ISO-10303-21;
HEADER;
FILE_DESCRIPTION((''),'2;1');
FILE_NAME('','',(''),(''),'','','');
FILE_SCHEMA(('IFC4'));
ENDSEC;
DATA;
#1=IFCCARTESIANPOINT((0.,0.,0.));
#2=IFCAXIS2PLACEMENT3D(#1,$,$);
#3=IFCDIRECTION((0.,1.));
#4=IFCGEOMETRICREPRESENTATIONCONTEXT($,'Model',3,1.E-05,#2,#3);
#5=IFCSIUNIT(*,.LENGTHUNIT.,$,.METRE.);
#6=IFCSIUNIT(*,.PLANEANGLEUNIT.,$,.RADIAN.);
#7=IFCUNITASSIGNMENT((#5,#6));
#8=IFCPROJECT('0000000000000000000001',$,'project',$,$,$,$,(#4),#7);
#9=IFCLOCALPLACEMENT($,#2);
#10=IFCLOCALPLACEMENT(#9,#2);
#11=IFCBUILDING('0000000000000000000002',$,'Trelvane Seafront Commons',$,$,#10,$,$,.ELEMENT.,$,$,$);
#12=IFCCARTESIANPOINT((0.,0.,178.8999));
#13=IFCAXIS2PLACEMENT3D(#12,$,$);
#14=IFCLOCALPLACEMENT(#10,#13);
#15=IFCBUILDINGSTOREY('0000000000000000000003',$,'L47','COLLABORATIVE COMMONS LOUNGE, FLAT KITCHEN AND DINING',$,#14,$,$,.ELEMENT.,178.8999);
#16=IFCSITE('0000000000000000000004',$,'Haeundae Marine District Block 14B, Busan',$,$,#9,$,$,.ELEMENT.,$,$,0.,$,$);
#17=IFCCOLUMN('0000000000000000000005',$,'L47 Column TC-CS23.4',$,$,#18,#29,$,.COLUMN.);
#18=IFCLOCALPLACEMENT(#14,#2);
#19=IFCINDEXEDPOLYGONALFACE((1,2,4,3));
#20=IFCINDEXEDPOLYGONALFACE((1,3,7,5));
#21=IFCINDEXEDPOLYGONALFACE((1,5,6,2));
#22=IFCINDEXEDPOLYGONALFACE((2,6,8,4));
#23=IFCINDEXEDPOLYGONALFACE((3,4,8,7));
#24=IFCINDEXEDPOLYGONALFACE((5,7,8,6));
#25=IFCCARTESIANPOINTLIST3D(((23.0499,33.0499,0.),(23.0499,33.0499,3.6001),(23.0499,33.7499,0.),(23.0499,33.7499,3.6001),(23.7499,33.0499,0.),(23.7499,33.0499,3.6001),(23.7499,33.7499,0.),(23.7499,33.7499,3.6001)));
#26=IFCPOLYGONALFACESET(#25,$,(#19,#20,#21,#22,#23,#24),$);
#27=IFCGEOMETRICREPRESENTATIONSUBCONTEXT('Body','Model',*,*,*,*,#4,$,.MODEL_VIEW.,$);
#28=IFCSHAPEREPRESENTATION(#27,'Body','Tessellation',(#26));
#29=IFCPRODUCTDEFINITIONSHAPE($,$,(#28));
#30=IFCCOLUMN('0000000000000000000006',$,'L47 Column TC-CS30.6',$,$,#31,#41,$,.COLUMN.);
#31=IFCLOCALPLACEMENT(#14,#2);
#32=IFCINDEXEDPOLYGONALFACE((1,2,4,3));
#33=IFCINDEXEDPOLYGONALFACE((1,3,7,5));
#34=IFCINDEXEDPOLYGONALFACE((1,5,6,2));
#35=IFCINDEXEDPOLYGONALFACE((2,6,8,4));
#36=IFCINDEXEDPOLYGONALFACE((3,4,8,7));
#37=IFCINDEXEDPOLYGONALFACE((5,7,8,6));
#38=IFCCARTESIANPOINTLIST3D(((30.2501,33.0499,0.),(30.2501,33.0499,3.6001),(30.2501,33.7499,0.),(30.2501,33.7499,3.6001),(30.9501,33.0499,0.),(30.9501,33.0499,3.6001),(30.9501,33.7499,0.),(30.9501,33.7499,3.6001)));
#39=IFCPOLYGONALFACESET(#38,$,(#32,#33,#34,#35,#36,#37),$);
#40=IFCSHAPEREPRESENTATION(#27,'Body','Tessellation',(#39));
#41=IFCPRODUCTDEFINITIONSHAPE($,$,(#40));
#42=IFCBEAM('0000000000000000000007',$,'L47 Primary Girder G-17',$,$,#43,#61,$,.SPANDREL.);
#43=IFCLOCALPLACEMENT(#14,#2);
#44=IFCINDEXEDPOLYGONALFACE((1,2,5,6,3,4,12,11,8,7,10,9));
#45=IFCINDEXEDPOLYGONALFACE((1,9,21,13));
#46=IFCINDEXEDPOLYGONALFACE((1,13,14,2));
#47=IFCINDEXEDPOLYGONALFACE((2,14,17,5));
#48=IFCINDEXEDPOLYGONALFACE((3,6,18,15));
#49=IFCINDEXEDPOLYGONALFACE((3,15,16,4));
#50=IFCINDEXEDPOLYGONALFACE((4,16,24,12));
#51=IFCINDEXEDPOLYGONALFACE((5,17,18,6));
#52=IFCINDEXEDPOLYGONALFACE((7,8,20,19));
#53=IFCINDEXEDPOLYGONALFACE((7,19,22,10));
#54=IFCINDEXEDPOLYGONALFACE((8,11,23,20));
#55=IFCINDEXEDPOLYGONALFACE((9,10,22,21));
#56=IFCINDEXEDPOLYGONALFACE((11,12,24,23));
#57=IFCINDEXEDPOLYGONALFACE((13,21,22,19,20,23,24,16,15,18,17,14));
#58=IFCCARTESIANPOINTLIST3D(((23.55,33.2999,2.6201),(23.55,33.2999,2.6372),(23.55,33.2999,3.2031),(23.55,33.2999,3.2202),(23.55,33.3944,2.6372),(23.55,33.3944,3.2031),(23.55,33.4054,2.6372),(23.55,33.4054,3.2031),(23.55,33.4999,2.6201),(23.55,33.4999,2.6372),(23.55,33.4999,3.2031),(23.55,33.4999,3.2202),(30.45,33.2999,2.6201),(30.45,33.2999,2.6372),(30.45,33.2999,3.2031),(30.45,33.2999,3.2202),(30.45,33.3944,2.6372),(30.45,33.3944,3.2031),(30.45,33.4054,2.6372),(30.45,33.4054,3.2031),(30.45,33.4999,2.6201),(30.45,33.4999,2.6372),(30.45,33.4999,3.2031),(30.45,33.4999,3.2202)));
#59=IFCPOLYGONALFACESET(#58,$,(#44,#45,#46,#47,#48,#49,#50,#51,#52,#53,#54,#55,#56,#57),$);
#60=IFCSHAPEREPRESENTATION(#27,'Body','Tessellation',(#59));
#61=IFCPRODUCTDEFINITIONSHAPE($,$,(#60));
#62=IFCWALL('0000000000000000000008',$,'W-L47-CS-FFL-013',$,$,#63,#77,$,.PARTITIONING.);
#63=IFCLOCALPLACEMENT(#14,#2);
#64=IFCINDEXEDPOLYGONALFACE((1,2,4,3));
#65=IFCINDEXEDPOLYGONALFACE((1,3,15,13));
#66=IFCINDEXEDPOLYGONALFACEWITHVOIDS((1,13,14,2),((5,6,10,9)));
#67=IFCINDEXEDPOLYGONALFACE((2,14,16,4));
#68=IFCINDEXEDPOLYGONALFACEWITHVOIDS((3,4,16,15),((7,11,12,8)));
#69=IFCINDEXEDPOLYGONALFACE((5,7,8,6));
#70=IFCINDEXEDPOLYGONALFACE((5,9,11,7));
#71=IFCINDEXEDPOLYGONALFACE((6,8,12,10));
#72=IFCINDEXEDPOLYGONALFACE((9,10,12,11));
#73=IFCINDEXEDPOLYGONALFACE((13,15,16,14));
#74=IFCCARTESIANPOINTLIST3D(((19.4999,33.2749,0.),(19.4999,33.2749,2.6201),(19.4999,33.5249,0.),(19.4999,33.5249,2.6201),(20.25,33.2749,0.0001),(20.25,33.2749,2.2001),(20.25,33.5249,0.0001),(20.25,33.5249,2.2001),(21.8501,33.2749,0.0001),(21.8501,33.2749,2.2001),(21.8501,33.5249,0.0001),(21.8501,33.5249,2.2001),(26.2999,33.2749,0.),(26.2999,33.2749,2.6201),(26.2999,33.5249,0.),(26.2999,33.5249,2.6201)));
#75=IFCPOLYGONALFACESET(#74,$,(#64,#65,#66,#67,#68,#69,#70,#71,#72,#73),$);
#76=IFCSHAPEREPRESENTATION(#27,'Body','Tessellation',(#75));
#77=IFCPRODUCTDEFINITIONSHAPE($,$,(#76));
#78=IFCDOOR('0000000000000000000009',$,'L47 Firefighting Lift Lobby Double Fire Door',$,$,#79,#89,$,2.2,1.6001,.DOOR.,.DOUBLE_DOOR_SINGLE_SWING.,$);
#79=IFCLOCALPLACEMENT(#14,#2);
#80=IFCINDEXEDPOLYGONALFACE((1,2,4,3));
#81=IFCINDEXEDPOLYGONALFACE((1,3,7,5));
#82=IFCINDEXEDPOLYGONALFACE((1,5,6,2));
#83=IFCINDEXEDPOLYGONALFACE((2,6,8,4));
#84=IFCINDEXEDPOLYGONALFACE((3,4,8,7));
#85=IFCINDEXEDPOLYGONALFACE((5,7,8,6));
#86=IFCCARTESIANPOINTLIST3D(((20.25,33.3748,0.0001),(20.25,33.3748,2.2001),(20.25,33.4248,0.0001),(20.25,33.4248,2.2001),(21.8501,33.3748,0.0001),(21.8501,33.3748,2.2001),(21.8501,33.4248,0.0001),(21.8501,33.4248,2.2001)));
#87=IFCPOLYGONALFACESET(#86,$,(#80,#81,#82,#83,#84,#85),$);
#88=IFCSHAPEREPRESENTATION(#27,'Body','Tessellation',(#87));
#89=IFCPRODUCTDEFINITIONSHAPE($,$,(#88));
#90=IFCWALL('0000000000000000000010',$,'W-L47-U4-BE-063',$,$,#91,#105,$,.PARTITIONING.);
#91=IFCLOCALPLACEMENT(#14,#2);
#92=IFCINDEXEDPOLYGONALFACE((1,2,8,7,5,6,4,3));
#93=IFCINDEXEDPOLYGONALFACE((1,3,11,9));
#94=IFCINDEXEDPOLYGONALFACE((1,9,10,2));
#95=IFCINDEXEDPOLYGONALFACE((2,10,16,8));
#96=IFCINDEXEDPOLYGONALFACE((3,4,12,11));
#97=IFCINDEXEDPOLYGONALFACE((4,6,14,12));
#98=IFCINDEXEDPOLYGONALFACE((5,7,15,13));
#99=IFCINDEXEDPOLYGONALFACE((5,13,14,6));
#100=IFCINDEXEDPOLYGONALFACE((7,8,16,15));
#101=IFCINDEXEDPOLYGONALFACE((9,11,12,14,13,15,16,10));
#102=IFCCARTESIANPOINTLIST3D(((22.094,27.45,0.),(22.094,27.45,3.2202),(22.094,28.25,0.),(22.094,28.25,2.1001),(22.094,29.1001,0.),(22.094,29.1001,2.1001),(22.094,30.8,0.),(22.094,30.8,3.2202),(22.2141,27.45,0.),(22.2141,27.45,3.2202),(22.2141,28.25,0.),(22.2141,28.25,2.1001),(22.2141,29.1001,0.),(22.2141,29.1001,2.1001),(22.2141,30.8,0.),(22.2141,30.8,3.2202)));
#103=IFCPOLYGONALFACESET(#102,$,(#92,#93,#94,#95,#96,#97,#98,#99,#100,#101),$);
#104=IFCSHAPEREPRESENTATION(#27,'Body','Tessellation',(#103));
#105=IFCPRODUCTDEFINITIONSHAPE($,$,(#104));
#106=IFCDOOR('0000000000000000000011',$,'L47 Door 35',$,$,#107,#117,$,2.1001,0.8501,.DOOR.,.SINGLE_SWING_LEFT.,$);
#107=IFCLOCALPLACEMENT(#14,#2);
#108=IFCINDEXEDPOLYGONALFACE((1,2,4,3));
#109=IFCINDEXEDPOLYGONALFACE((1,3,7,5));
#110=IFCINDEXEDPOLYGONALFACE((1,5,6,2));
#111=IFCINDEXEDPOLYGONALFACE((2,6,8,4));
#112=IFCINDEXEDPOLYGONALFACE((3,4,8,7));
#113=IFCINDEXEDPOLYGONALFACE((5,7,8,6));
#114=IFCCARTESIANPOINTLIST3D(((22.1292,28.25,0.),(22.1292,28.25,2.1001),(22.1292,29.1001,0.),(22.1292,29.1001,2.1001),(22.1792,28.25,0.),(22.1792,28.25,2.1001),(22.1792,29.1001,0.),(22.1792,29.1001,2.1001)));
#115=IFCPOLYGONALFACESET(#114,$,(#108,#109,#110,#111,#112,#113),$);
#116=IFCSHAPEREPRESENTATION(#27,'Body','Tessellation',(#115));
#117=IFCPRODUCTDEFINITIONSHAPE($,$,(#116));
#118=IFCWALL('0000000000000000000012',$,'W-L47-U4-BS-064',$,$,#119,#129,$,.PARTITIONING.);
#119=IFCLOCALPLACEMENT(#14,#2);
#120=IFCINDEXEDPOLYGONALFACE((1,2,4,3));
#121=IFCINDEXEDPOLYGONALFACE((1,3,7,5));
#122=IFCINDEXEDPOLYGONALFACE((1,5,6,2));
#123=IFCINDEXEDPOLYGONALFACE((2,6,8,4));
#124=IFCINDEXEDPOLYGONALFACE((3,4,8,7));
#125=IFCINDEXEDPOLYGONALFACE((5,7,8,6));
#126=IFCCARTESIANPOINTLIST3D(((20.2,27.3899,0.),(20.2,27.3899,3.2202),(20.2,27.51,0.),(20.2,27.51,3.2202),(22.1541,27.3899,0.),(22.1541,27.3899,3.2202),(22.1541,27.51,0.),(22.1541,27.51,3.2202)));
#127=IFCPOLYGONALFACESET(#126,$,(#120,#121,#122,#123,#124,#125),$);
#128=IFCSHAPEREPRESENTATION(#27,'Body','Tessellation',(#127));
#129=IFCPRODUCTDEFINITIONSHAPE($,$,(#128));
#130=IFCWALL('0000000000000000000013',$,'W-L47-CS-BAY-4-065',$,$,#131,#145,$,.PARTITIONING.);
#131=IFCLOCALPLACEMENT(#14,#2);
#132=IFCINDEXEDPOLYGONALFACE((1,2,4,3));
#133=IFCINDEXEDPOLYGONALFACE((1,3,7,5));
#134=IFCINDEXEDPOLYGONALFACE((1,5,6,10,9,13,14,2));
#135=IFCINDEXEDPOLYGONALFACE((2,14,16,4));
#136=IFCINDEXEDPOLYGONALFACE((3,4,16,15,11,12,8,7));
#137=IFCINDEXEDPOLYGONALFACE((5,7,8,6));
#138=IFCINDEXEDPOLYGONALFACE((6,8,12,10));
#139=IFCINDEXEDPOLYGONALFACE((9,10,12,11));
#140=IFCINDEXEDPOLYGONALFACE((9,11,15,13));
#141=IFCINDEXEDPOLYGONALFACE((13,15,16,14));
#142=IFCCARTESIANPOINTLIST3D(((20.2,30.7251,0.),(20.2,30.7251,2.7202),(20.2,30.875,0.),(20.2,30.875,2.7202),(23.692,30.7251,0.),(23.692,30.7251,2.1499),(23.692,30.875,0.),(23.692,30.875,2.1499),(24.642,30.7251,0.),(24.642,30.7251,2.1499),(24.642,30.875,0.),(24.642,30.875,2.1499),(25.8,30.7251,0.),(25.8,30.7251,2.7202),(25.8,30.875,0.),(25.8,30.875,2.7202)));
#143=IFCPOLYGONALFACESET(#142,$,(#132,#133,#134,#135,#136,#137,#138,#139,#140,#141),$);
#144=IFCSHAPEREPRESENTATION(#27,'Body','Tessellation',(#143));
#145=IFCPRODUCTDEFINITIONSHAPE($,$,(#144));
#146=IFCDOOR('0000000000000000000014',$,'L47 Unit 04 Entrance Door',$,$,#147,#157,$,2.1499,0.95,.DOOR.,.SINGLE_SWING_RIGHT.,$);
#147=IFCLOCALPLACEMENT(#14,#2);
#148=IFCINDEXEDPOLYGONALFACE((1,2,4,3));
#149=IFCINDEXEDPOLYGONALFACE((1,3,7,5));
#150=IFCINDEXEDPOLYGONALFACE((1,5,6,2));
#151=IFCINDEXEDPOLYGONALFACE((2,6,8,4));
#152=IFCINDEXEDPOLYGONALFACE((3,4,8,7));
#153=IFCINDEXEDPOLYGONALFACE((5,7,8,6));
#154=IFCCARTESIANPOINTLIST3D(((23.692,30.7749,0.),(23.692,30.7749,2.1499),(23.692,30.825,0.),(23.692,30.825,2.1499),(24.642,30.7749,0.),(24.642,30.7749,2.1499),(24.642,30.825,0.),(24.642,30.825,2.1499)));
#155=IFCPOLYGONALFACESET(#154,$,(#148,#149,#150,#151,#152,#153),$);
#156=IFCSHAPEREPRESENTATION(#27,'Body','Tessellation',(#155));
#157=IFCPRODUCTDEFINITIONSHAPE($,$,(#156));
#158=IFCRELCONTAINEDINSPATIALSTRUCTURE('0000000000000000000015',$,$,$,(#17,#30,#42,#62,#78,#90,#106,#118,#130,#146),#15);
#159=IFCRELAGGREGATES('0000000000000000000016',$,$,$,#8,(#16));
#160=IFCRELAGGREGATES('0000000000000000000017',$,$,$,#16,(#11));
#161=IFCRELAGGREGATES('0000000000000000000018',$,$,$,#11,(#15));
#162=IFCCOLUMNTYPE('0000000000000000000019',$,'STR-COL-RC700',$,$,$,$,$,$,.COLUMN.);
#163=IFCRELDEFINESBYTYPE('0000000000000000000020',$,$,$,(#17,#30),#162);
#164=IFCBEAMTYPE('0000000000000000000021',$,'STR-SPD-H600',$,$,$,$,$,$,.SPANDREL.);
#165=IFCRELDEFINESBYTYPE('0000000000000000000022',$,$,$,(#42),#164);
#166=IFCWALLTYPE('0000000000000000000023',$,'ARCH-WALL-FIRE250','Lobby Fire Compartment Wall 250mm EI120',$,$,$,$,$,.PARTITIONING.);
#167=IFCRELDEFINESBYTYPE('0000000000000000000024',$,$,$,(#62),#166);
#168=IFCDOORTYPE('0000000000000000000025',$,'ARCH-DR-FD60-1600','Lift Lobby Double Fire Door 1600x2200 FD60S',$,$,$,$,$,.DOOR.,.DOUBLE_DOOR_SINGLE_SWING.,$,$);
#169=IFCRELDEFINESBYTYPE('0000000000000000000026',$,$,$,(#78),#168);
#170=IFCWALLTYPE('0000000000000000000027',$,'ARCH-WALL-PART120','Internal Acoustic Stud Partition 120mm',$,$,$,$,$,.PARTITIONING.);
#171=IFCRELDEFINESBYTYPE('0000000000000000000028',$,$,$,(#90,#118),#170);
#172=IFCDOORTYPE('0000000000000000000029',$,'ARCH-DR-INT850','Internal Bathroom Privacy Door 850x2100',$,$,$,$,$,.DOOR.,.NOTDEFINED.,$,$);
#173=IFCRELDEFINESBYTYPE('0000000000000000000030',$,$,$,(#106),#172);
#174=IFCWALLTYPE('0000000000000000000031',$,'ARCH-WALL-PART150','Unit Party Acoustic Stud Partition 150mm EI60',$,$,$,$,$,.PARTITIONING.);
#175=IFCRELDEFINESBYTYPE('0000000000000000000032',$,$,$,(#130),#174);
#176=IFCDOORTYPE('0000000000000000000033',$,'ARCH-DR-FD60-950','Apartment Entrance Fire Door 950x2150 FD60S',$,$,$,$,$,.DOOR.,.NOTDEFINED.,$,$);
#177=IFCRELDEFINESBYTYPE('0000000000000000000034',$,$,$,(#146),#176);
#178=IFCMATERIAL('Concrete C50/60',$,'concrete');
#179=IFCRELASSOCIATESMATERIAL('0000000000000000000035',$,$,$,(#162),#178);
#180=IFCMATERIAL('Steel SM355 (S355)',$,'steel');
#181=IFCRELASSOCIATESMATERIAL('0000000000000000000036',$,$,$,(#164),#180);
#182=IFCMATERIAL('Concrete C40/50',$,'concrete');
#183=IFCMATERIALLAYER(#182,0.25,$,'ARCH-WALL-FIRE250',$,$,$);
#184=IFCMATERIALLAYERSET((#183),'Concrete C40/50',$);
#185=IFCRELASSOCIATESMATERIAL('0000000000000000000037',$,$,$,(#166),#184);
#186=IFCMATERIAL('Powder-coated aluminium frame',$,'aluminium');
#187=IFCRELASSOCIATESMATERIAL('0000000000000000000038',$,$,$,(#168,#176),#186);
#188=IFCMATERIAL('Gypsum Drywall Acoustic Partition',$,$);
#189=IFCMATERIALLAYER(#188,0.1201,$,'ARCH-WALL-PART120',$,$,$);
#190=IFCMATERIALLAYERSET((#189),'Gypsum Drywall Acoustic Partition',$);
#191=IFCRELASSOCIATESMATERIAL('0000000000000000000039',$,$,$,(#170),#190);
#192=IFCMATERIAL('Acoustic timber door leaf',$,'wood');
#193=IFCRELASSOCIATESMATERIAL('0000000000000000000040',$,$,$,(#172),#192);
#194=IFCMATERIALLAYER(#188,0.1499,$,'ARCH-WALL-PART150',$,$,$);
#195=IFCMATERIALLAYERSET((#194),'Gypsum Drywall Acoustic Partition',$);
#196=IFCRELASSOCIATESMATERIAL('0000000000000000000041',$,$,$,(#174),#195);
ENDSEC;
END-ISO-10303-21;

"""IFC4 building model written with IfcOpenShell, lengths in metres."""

from ifc_helpers import new_model, si_unit, direction, frame, frame_2d, origin, origin_2d, place, context, subcontext, project, spatial, rectangle, i_section, extrude, source, transform, mapped, material, layer, layer_set, material_profile, profile_set, type_object, element, fill, save


model = new_model("IFC4")

# Units and contexts
model_context = context("Model", 3, precision=1e-05, world=origin(), true_north=direction((0.0, 1.0)))
body_context = subcontext(model_context, "Body", "Model", "MODEL_VIEW")
ifc_project = project(units=[si_unit("LENGTHUNIT", "METRE"), si_unit("PLANEANGLEUNIT", "RADIAN")], contexts=[model_context])

# Site, building, storey
site_placement = place(None, origin())
site = spatial("IfcSite", under=ifc_project, at=site_placement, Name="Haeundae Marine District Block 14B, Busan", CompositionType="ELEMENT", RefElevation=0.0)
building_placement = place(site_placement, origin())
building = spatial("IfcBuilding", under=site, at=building_placement, Name="Trelvane Seafront Commons", CompositionType="ELEMENT")
storey_placement = place(building_placement, frame((0.0, 0.0, 178.8999)))
storey = spatial("IfcBuildingStorey", under=building, at=storey_placement, Name="L47", Description="COLLABORATIVE COMMONS LOUNGE, FLAT KITCHEN AND DINING", CompositionType="ELEMENT", Elevation=178.8999)

# Columns
ifc_material_1 = material(Name="Concrete C50/60", Category="concrete")
ifc_material_profile_1 = material_profile(ifc_material_1, rectangle(XDim=0.7, YDim=0.7, at=origin_2d()), Name="RC-700x700")
ifc_profile_set_1 = profile_set([ifc_material_profile_1], Name="Concrete C50/60")
column_type = type_object("IfcColumnType", Name="STR-COL-RC700", PredefinedType="COLUMN", material=ifc_profile_set_1)
shared_shape_1 = source(origin(), body_context, "Body", "SweptSolid", [
    extrude(rectangle(XDim=0.7, YDim=0.7, at=origin_2d()), origin(), (0.0, 0.0, 1.0), 3.6001),
])
for number, where, z_axis, x_axis, name in (
    (1, (23.3999, 33.3999, 0.0), (0.0, 0.0, 1.0), (1.0, 0.0, 0.0), "L47 Column TC-CS23.4"),
    (2, (30.6001, 33.3999, 0.0), (0.0, 0.0, 1.0), (1.0, 0.0, 0.0), "L47 Column TC-CS30.6"),
):
    element("IfcColumn", number, at=place(storey_placement, frame(where, z_axis=z_axis, x_axis=x_axis)), inside=storey, type_object=column_type, Name=name, PredefinedType="COLUMN", context=body_context, shape_type="MappedRepresentation", body=[
        mapped(shared_shape_1, transform((0.0, 0.0, 0.0), x_axis=(1.0, 0.0, 0.0), y_axis=(0.0, 1.0, 0.0), z_axis=(0.0, 0.0, 1.0), scale=1.0)),
    ])

# Beam
ifc_material_2 = material(Name="Steel SM355 (S355)", Category="steel")
ifc_material_profile_2 = material_profile(ifc_material_2, i_section(OverallWidth=0.2, OverallDepth=0.6001, WebThickness=0.011, FlangeThickness=0.0171, at=origin_2d()), Name="H-600x200x11x17")
ifc_profile_set_2 = profile_set([ifc_material_profile_2], Name="Steel SM355 (S355)")
beam_type = type_object("IfcBeamType", Name="STR-SPD-H600", PredefinedType="SPANDREL", material=ifc_profile_set_2)
shared_shape_2 = source(origin(), body_context, "Body", "SweptSolid", [
    extrude(i_section(OverallWidth=0.2, OverallDepth=0.6001, WebThickness=0.011, FlangeThickness=0.0171, at=origin_2d()), origin(), (0.0, 0.0, 1.0), 6.8999),
])
beam_placement = place(storey_placement, frame((23.55, 33.3999, 2.9202), z_axis=(1.0, 0.0, 0.0), x_axis=(0.0, 1.0, 0.0)))
element("IfcBeam", 3, at=beam_placement, inside=storey, type_object=beam_type, Name="L47 Primary Girder G-17", PredefinedType="SPANDREL", context=body_context, shape_type="MappedRepresentation", body=[
    mapped(shared_shape_2, transform((0.0, 0.0, 0.0), x_axis=(1.0, 0.0, 0.0), y_axis=(0.0, 1.0, 0.0), z_axis=(0.0, 0.0, 1.0), scale=1.0)),
])

# Walls, openings, doors
ifc_material_3 = material(Name="Concrete C40/50", Category="concrete")
ifc_layer_1 = layer(ifc_material_3, 0.25, Name="ARCH-WALL-FIRE250")
ifc_layer_set_1 = layer_set([ifc_layer_1], Name="Concrete C40/50")
wall_type_1 = type_object("IfcWallType", Name="ARCH-WALL-FIRE250", Description="Lobby Fire Compartment Wall 250mm EI120", PredefinedType="PARTITIONING", material=ifc_layer_set_1)
wall_1_placement = place(storey_placement, frame((19.5, 33.3999, 0.0), z_axis=(0.0, 0.0, 1.0), x_axis=(1.0, 0.0, 0.0)))
wall_1 = element("IfcWall", 4, at=wall_1_placement, inside=storey, type_object=wall_type_1, Name="W-L47-CS-FFL-013", PredefinedType="PARTITIONING", context=body_context, shape_type="SweptSolid", body=[
    extrude(rectangle(XDim=6.8, YDim=0.25, at=frame_2d((3.3999, 0.0))), origin(), (0.0, 0.0, 1.0), 2.6201),
])
opening_1_placement = place(wall_1_placement, frame((0.75, 0.0, 0.0)))
opening_1 = element("IfcOpeningElement", 5, at=opening_1_placement, cuts=wall_1, PredefinedType="OPENING", context=body_context, shape_type="SweptSolid", body=[
    extrude(rectangle(XDim=1.6001, YDim=2.2, at=frame_2d((0.8, 1.1001))), frame((0.0, 0.135, 0.0), z_axis=(0.0, -1.0, 0.0), x_axis=(1.0, 0.0, 0.0)), (0.0, 0.0, 1.0), 0.27),
])
ifc_material_4 = material(Name="Powder-coated aluminium frame", Category="aluminium")
door_type_1 = type_object("IfcDoorType", Name="ARCH-DR-FD60-1600", Description="Lift Lobby Double Fire Door 1600x2200 FD60S", OperationType="DOUBLE_DOOR_SINGLE_SWING", PredefinedType="DOOR", material=ifc_material_4)
shared_shape_3 = source(origin(), body_context, "Body", "SweptSolid", [
    extrude(rectangle(XDim=1.6001, YDim=2.2, at=frame_2d((0.8, 1.1001))), frame((0.0, 0.0249, 0.0), z_axis=(0.0, -1.0, 0.0), x_axis=(1.0, 0.0, 0.0)), (0.0, 0.0, 1.0), 0.05),
])
door_1_placement = place(opening_1_placement, origin())
door_1 = element("IfcDoor", 6, at=door_1_placement, inside=storey, type_object=door_type_1, Name="L47 Firefighting Lift Lobby Double Fire Door", OperationType="DOUBLE_DOOR_SINGLE_SWING", OverallHeight=2.2, OverallWidth=1.6001, PredefinedType="DOOR", context=body_context, shape_type="MappedRepresentation", body=[
    mapped(shared_shape_3, transform((0.0, 0.0, 0.0), x_axis=(1.0, 0.0, 0.0), y_axis=(0.0, 1.0, 0.0), z_axis=(0.0, 0.0, 1.0), scale=1.0)),
])
fill(opening_1, door_1)
ifc_material_5 = material(Name="Acoustic timber door leaf", Category="wood")
shared_shape_4 = source(origin(), body_context, "Body", "SweptSolid", [
    extrude(rectangle(XDim=0.95, YDim=2.1499, at=frame_2d((0.4751, 1.075))), frame((0.0, 0.0249, 0.0), z_axis=(0.0, -1.0, 0.0), x_axis=(1.0, 0.0, 0.0)), (0.0, 0.0, 1.0), 0.05),
])
ifc_material_6 = material(Name="Gypsum Drywall Acoustic Partition")
ifc_layer_2 = layer(ifc_material_6, 0.1201, Name="ARCH-WALL-PART120")
ifc_layer_set_2 = layer_set([ifc_layer_2], Name="Gypsum Drywall Acoustic Partition")
wall_type_2 = type_object("IfcWallType", Name="ARCH-WALL-PART120", Description="Internal Acoustic Stud Partition 120mm", PredefinedType="PARTITIONING", material=ifc_layer_set_2)
wall_2_placement = place(storey_placement, frame((22.1541, 27.45, 0.0), z_axis=(0.0, 0.0, 1.0), x_axis=(0.0, 1.0, 0.0)))
wall_2 = element("IfcWall", 7, at=wall_2_placement, inside=storey, type_object=wall_type_2, Name="W-L47-U4-BE-063", PredefinedType="PARTITIONING", context=body_context, shape_type="SweptSolid", body=[
    extrude(rectangle(XDim=3.3501, YDim=0.1201, at=frame_2d((1.675, 0.0))), origin(), (0.0, 0.0, 1.0), 3.2202),
])
opening_2_placement = place(wall_2_placement, frame((0.8, 0.0, 0.0)))
opening_2 = element("IfcOpeningElement", 8, at=opening_2_placement, cuts=wall_2, PredefinedType="OPENING", context=body_context, shape_type="SweptSolid", body=[
    extrude(rectangle(XDim=0.8501, YDim=2.1001, at=frame_2d((0.425, 1.05))), frame((0.0, 0.0701, 0.0), z_axis=(0.0, -1.0, 0.0), x_axis=(1.0, 0.0, 0.0)), (0.0, 0.0, 1.0), 0.1401),
])
door_type_2 = type_object("IfcDoorType", Name="ARCH-DR-INT850", Description="Internal Bathroom Privacy Door 850x2100", OperationType="NOTDEFINED", PredefinedType="DOOR", material=ifc_material_5)
shared_shape_5 = source(origin(), body_context, "Body", "SweptSolid", [
    extrude(rectangle(XDim=0.8501, YDim=2.1001, at=frame_2d((0.425, 1.05))), frame((0.0, 0.0249, 0.0), z_axis=(0.0, -1.0, 0.0), x_axis=(1.0, 0.0, 0.0)), (0.0, 0.0, 1.0), 0.05),
])
door_2_placement = place(opening_2_placement, origin())
door_2 = element("IfcDoor", 9, at=door_2_placement, inside=storey, type_object=door_type_2, Name="L47 Door 35", OperationType="SINGLE_SWING_LEFT", OverallHeight=2.1001, OverallWidth=0.8501, PredefinedType="DOOR", context=body_context, shape_type="MappedRepresentation", body=[
    mapped(shared_shape_5, transform((0.0, 0.0, 0.0), x_axis=(1.0, 0.0, 0.0), y_axis=(0.0, 1.0, 0.0), z_axis=(0.0, 0.0, 1.0), scale=1.0)),
])
fill(opening_2, door_2)

# Wall
wall_3_placement = place(storey_placement, frame((20.2, 27.45, 0.0), z_axis=(0.0, 0.0, 1.0), x_axis=(1.0, 0.0, 0.0)))
element("IfcWall", 10, at=wall_3_placement, inside=storey, type_object=wall_type_2, Name="W-L47-U4-BS-064", PredefinedType="PARTITIONING", context=body_context, shape_type="SweptSolid", body=[
    extrude(rectangle(XDim=1.9541, YDim=0.1201, at=frame_2d((0.9771, 0.0))), origin(), (0.0, 0.0, 1.0), 3.2202),
])

# Wall, opening, door
ifc_layer_3 = layer(ifc_material_6, 0.1499, Name="ARCH-WALL-PART150")
ifc_layer_set_3 = layer_set([ifc_layer_3], Name="Gypsum Drywall Acoustic Partition")
wall_type_3 = type_object("IfcWallType", Name="ARCH-WALL-PART150", Description="Unit Party Acoustic Stud Partition 150mm EI60", PredefinedType="PARTITIONING", material=ifc_layer_set_3)
wall_4_placement = place(storey_placement, frame((20.2, 30.8, 0.0), z_axis=(0.0, 0.0, 1.0), x_axis=(1.0, 0.0, 0.0)))
wall_4 = element("IfcWall", 11, at=wall_4_placement, inside=storey, type_object=wall_type_3, Name="W-L47-CS-BAY-4-065", PredefinedType="PARTITIONING", context=body_context, shape_type="SweptSolid", body=[
    extrude(rectangle(XDim=5.6001, YDim=0.1499, at=frame_2d((2.8, 0.0))), origin(), (0.0, 0.0, 1.0), 2.7202),
])
opening_3_placement = place(wall_4_placement, frame((3.4919, 0.0, 0.0)))
opening_3 = element("IfcOpeningElement", 12, at=opening_3_placement, cuts=wall_4, PredefinedType="OPENING", context=body_context, shape_type="SweptSolid", body=[
    extrude(rectangle(XDim=0.95, YDim=2.1499, at=frame_2d((0.4751, 1.075))), frame((0.0, 0.085, 0.0), z_axis=(0.0, -1.0, 0.0), x_axis=(1.0, 0.0, 0.0)), (0.0, 0.0, 1.0), 0.1699),
])
door_type_3 = type_object("IfcDoorType", Name="ARCH-DR-FD60-950", Description="Apartment Entrance Fire Door 950x2150 FD60S", OperationType="NOTDEFINED", PredefinedType="DOOR", material=ifc_material_4)
door_3_placement = place(opening_3_placement, origin())
door_3 = element("IfcDoor", 13, at=door_3_placement, inside=storey, type_object=door_type_3, Name="L47 Unit 04 Entrance Door", OperationType="SINGLE_SWING_RIGHT", OverallHeight=2.1499, OverallWidth=0.95, PredefinedType="DOOR", context=body_context, shape_type="MappedRepresentation", body=[
    mapped(shared_shape_4, transform((0.0, 0.0, 0.0), x_axis=(1.0, 0.0, 0.0), y_axis=(0.0, 1.0, 0.0), z_axis=(0.0, 0.0, 1.0), scale=1.0)),
])
fill(opening_3, door_3)

save(model, "model.ifc")
